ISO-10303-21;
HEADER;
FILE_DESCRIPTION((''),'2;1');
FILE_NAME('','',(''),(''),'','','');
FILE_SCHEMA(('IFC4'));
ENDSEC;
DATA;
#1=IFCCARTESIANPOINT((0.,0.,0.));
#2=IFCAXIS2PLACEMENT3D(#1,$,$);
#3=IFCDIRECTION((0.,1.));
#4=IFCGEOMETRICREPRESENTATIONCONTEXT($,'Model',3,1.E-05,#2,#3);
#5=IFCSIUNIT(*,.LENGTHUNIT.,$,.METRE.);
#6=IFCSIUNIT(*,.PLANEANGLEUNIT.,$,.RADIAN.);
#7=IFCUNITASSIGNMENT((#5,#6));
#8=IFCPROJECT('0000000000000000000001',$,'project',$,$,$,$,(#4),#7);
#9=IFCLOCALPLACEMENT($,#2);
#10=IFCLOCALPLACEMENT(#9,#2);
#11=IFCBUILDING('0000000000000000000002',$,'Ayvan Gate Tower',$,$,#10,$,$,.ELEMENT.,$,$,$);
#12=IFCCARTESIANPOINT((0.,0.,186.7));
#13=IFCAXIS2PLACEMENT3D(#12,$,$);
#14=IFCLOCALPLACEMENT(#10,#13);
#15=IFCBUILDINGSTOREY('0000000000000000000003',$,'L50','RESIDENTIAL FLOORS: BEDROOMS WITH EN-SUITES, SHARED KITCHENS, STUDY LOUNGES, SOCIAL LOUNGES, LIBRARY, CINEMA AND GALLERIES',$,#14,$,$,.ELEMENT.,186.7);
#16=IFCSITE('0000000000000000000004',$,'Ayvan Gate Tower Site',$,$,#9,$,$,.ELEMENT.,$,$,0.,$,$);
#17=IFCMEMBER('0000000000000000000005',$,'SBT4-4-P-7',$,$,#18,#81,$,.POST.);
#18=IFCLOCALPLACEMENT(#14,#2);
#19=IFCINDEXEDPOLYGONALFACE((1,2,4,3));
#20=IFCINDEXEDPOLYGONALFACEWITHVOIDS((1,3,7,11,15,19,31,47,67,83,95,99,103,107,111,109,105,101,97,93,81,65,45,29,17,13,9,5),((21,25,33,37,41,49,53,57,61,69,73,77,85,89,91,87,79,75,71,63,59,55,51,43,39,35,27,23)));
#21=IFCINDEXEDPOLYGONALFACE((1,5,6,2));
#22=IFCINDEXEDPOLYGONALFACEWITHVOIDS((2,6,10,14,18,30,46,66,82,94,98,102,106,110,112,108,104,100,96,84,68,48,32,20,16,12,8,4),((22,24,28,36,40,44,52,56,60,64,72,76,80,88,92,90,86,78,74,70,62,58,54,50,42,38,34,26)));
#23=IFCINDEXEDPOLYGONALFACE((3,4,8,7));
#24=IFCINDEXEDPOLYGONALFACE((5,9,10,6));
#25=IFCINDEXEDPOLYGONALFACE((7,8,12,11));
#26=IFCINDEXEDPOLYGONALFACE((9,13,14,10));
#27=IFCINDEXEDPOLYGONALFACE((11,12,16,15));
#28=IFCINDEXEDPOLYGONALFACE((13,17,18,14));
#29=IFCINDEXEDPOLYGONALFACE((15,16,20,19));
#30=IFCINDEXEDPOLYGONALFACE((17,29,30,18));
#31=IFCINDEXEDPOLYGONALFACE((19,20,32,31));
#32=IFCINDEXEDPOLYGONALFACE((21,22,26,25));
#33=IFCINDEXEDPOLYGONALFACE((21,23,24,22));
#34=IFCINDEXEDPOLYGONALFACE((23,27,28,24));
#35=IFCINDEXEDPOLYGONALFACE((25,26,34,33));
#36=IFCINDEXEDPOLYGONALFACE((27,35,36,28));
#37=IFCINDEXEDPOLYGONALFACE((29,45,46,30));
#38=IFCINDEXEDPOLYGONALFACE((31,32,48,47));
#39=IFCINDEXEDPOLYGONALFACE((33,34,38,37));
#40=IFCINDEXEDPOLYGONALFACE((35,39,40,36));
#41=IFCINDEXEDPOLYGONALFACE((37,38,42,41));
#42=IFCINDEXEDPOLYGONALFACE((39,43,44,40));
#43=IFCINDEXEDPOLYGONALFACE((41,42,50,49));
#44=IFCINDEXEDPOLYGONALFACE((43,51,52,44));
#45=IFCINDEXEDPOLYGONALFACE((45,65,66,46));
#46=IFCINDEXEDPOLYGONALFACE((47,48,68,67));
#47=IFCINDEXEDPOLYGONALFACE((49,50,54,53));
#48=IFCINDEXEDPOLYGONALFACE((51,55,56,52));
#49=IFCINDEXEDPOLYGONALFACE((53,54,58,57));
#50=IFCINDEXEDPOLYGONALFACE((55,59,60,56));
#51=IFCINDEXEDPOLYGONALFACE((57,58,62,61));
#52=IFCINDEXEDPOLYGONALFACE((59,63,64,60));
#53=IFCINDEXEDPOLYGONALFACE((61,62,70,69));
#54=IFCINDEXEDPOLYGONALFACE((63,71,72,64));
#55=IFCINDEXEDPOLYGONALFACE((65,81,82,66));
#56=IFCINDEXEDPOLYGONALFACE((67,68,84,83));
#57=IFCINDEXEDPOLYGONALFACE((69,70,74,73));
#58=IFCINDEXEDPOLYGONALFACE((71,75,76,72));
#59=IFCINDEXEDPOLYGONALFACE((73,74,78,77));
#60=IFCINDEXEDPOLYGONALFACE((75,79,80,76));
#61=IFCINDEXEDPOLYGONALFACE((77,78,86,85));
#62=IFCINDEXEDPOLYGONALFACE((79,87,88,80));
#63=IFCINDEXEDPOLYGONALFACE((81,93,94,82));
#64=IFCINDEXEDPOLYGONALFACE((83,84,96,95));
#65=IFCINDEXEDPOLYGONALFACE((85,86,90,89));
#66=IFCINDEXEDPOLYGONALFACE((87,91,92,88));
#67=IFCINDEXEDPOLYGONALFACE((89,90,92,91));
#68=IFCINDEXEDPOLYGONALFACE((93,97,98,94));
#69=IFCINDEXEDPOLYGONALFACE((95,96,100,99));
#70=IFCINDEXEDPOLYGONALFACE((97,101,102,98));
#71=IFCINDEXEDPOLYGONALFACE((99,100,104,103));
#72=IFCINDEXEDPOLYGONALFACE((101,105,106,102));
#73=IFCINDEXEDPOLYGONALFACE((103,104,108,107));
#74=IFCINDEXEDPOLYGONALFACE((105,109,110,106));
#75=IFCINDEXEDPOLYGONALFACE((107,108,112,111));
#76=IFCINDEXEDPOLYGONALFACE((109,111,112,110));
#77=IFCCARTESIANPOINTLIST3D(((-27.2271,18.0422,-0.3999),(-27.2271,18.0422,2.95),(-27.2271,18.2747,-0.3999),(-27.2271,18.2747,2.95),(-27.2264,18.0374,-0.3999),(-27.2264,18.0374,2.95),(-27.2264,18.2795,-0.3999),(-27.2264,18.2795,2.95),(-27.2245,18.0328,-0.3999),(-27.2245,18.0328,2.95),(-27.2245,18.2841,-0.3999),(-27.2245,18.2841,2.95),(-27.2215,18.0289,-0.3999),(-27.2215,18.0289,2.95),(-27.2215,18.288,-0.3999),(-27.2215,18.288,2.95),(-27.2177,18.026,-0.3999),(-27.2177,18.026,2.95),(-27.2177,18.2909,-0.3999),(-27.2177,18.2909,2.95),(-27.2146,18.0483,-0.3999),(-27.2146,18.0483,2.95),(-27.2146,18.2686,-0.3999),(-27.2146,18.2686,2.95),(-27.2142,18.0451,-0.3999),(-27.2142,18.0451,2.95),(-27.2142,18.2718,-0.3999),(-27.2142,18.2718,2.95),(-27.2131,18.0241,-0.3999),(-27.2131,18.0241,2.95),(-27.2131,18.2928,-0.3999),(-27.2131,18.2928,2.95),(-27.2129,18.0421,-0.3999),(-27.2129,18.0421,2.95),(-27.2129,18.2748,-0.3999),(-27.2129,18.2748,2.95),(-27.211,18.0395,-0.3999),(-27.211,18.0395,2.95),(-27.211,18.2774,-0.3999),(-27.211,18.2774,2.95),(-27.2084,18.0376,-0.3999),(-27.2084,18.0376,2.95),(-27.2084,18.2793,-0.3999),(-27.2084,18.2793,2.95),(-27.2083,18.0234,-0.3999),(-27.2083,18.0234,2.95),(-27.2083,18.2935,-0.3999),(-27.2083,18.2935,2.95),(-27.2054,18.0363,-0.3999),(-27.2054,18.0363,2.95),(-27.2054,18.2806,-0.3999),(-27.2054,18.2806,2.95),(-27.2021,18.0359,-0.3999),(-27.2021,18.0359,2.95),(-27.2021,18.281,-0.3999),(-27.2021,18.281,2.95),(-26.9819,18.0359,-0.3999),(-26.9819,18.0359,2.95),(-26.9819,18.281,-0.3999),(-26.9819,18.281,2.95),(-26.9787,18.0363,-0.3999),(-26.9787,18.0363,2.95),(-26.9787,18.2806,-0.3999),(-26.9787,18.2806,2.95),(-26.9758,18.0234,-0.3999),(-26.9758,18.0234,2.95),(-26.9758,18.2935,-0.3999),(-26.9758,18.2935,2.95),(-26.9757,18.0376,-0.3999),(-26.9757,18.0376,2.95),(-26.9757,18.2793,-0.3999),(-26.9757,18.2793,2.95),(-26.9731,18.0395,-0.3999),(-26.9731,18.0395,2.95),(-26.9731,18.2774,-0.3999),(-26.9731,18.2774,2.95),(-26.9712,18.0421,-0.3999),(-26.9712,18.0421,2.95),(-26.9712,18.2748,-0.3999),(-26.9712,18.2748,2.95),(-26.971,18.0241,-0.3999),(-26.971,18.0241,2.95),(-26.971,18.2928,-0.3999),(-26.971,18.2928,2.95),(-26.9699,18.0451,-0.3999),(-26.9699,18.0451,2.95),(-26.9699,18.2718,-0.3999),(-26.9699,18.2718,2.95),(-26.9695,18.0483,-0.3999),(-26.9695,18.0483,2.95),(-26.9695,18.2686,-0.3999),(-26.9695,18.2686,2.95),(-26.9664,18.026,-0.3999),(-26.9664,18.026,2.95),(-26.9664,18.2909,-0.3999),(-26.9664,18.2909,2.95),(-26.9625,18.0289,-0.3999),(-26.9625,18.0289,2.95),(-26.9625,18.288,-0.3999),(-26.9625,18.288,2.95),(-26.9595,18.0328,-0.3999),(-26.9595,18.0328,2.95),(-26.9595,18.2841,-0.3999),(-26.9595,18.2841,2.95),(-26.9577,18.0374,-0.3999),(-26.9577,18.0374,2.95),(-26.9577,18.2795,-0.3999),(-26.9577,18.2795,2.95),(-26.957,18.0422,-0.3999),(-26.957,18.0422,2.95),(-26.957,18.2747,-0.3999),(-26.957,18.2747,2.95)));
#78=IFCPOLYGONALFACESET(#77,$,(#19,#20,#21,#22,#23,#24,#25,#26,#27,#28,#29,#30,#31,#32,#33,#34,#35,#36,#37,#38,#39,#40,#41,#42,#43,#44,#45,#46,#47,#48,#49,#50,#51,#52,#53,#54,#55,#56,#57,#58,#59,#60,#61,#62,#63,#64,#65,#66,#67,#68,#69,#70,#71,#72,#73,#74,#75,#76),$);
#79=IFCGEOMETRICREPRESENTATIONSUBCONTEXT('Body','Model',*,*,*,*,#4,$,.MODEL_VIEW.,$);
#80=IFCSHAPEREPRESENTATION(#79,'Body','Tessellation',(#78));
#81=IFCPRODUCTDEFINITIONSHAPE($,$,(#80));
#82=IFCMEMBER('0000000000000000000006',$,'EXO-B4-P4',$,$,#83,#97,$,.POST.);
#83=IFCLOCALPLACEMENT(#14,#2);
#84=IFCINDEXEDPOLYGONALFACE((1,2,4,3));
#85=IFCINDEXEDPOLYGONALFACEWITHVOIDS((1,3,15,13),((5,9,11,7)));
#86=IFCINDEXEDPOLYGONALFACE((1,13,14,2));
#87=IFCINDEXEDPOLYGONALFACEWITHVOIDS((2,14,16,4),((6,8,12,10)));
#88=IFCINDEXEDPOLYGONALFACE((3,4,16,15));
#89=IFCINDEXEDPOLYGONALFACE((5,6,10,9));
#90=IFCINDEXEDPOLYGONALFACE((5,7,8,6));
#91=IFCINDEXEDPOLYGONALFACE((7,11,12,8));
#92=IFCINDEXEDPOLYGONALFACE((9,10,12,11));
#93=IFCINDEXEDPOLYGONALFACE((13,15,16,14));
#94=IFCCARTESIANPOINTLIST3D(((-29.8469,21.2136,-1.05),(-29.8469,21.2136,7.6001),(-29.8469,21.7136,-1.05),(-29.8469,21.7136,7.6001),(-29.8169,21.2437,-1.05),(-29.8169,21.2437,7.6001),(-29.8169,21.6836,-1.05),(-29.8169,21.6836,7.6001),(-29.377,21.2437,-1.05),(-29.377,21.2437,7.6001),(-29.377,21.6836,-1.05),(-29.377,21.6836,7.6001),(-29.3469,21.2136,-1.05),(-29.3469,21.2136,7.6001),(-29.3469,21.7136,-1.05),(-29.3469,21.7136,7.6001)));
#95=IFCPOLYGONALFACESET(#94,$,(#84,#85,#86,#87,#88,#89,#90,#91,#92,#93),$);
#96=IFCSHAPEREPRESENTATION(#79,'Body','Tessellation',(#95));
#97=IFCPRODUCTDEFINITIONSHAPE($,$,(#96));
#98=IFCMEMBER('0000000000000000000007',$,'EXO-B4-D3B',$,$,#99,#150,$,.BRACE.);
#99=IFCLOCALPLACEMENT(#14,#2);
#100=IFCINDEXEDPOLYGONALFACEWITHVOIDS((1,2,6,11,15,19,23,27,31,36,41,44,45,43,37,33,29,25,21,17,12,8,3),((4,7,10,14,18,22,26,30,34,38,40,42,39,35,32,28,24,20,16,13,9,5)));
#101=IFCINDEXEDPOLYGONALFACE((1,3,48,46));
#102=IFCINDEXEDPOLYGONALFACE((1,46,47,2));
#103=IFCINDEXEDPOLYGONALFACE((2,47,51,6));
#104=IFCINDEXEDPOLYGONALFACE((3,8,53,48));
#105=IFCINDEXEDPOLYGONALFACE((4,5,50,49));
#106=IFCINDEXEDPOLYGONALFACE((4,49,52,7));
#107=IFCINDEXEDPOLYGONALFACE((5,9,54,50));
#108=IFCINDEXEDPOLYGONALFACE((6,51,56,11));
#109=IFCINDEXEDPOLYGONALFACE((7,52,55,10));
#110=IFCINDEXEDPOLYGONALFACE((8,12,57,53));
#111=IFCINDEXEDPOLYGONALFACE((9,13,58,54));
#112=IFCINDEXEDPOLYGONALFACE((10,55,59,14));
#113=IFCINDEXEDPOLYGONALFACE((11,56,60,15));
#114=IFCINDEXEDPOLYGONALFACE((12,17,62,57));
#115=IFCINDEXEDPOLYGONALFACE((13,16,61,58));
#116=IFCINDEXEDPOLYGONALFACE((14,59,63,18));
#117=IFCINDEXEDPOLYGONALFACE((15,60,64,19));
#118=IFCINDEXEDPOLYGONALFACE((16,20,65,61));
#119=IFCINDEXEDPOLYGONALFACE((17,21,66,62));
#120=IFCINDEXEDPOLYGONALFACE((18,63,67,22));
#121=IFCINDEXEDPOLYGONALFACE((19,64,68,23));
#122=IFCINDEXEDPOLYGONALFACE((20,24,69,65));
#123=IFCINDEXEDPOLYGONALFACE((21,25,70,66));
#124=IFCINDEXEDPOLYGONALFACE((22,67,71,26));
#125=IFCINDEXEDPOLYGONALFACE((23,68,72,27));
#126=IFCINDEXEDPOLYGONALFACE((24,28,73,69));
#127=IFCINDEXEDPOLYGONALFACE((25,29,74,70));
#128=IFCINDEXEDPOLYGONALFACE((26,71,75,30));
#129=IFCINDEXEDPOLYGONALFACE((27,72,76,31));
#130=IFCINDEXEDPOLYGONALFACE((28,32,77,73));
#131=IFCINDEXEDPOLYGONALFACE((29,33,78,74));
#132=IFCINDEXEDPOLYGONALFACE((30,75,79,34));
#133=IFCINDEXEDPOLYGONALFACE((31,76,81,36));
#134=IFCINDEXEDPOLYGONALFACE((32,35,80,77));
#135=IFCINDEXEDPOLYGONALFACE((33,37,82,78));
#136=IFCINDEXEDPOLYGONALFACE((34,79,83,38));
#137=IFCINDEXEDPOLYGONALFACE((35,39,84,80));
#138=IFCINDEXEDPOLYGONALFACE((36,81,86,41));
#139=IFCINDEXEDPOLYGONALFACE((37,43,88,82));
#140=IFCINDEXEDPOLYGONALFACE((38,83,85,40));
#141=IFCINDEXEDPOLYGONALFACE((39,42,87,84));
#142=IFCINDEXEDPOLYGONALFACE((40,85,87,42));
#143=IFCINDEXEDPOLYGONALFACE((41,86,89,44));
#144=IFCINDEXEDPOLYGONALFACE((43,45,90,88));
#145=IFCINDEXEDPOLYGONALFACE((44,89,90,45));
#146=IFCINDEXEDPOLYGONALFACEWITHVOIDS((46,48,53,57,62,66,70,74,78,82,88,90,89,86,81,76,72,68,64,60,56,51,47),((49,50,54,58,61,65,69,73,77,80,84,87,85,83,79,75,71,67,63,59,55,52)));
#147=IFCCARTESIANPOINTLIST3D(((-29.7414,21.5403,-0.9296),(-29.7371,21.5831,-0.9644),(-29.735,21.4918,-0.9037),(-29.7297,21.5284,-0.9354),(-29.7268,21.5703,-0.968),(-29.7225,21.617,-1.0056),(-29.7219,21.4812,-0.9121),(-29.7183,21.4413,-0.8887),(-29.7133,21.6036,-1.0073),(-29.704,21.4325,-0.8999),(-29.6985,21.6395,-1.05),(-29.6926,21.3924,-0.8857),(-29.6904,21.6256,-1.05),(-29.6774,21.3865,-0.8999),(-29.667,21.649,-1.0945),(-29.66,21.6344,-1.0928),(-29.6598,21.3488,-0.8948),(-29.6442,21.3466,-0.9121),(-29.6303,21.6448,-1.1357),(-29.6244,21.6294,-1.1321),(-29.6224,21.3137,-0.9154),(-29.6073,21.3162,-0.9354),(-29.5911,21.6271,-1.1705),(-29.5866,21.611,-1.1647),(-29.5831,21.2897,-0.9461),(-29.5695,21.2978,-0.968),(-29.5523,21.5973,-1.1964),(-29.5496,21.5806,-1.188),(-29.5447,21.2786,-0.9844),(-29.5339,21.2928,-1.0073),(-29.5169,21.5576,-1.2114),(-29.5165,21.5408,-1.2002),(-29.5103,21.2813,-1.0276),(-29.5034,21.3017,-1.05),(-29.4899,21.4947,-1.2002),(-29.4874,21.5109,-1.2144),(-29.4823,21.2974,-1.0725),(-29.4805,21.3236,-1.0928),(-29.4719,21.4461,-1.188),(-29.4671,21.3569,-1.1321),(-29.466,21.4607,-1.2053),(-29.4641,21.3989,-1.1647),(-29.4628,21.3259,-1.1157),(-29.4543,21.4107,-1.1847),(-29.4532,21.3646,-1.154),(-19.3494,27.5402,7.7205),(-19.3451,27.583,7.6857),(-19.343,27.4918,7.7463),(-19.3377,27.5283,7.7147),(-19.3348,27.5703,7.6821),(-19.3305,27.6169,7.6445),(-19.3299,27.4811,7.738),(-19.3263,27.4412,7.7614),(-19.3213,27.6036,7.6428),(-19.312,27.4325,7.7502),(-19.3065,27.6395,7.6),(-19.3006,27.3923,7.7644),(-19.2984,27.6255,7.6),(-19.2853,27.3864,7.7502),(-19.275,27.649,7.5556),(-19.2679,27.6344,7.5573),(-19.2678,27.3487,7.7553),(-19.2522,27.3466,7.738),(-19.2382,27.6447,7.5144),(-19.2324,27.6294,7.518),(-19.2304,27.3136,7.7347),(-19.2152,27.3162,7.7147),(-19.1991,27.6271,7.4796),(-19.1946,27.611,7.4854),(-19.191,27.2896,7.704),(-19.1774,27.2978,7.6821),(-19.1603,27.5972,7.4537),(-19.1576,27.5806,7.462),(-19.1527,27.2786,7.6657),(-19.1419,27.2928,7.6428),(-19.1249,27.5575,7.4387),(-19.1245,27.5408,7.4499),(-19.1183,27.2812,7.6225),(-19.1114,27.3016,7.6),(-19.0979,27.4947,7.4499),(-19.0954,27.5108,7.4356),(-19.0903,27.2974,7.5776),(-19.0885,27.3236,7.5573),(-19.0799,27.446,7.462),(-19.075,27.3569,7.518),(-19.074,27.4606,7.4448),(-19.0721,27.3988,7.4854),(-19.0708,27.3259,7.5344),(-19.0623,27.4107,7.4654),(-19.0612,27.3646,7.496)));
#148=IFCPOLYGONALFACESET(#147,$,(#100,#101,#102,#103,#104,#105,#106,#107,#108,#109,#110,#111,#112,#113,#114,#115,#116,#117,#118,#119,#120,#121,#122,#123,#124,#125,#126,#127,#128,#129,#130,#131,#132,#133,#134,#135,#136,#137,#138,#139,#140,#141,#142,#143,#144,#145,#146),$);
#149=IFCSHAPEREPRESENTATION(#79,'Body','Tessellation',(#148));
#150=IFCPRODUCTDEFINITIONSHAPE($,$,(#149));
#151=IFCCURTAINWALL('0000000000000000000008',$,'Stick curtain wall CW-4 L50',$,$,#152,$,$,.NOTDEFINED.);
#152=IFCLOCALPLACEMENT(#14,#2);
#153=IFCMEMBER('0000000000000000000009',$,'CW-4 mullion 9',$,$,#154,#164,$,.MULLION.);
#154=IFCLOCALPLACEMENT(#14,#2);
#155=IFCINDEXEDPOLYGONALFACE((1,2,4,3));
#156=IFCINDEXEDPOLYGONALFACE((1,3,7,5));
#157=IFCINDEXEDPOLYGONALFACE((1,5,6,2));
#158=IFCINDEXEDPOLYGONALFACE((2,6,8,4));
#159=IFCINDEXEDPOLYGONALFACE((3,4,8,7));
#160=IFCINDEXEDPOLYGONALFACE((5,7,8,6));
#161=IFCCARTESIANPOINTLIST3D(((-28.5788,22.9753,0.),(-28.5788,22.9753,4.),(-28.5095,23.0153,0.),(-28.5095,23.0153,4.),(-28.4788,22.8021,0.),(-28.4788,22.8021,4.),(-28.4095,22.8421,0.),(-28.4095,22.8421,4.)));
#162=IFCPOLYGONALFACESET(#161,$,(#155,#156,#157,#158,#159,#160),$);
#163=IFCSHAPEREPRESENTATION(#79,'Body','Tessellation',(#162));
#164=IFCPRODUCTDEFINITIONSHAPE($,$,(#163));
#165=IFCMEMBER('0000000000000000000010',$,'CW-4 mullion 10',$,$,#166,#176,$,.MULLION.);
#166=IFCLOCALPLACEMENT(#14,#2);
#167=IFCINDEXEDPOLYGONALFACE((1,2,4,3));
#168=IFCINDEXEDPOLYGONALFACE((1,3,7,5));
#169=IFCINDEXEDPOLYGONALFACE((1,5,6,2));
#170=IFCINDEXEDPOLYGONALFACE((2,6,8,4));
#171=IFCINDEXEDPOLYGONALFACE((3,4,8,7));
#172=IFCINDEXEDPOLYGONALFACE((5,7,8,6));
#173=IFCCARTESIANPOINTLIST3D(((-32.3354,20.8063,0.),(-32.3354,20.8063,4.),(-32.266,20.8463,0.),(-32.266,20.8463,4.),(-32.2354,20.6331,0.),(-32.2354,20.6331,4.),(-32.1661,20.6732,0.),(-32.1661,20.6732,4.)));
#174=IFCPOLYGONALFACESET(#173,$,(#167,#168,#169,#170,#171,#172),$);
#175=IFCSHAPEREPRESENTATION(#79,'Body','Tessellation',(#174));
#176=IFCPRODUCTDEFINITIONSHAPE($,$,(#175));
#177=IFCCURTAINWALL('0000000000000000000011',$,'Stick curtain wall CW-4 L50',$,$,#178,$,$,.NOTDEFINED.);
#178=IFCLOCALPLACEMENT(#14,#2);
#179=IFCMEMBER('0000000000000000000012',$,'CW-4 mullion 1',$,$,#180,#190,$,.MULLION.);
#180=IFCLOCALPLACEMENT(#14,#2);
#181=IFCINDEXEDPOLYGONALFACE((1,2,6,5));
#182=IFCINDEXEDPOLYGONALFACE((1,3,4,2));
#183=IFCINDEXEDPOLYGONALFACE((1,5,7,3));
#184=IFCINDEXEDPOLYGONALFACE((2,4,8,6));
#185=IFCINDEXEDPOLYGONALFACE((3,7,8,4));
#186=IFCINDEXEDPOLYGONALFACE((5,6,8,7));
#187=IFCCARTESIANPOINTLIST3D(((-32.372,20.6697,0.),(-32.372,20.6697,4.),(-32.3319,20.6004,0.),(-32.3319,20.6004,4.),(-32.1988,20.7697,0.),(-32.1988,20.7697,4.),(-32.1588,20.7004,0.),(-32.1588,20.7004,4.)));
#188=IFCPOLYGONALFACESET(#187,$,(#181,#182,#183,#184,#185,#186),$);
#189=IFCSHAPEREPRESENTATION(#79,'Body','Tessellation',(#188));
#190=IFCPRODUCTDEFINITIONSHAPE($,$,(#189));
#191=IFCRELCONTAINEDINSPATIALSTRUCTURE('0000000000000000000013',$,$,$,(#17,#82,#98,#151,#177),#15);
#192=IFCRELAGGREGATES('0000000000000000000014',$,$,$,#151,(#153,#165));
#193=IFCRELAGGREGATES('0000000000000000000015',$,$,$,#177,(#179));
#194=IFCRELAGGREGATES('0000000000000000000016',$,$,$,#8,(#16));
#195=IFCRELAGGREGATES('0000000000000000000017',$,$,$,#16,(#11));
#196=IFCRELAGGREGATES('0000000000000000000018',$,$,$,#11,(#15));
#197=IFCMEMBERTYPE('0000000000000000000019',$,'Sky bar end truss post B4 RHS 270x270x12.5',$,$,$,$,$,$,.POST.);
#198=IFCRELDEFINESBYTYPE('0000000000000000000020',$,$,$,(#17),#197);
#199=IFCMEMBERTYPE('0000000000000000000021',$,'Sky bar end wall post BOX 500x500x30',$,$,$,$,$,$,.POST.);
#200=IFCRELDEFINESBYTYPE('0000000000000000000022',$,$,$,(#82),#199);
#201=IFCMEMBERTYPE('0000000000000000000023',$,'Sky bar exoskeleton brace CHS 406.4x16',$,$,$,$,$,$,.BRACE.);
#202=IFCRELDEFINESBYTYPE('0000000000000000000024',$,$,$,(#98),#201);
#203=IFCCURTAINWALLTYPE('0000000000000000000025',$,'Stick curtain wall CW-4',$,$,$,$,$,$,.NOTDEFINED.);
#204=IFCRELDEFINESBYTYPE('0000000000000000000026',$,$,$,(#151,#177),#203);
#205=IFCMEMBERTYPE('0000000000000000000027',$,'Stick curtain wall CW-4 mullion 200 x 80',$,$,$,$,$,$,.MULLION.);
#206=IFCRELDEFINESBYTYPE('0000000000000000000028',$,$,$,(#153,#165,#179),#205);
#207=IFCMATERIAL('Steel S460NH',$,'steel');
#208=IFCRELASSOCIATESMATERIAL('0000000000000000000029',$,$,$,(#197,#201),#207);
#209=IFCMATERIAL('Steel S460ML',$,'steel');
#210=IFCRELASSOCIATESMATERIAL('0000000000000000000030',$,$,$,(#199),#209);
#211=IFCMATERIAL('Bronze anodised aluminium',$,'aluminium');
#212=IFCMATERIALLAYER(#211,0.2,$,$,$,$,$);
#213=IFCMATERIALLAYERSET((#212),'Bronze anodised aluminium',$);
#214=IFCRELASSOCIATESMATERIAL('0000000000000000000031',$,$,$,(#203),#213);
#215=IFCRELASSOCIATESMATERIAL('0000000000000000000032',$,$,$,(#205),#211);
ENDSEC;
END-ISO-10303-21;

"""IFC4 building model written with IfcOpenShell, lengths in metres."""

from ifc_helpers import new_model, si_unit, direction, frame, origin, origin_2d, place, context, subcontext, project, spatial, rectangle, hollow_rectangle, hollow_circle, extrude, material, layer, layer_set, material_profile, profile_set, type_object, element, aggregate, save


model = new_model("IFC4")

# Units and contexts
model_context = context("Model", 3, precision=1e-05, world=origin(), true_north=direction((0.0, 1.0)))
body_context = subcontext(model_context, "Body", "Model", "MODEL_VIEW")
ifc_project = project(units=[si_unit("LENGTHUNIT", "METRE"), si_unit("PLANEANGLEUNIT", "RADIAN")], contexts=[model_context])

# Site, building, storey
site_placement = place(None, origin())
site = spatial("IfcSite", under=ifc_project, at=site_placement, Name="Ayvan Gate Tower Site", CompositionType="ELEMENT", RefElevation=0.0)
building_placement = place(site_placement, origin())
building = spatial("IfcBuilding", under=site, at=building_placement, Name="Ayvan Gate Tower", CompositionType="ELEMENT")
storey_placement = place(building_placement, frame((0.0, 0.0, 186.7)))
storey = spatial("IfcBuildingStorey", under=building, at=storey_placement, Name="L50", Description="RESIDENTIAL FLOORS: BEDROOMS WITH EN-SUITES, SHARED KITCHENS, STUDY LOUNGES, SOCIAL LOUNGES, LIBRARY, CINEMA AND GALLERIES", CompositionType="ELEMENT", Elevation=186.7)

# Shared definitions
ifc_material_1 = material(Name="Steel S460NH", Category="steel")

# Members
ifc_material_profile_1 = material_profile(ifc_material_1, hollow_rectangle(XDim=0.27, YDim=0.27, WallThickness=0.0125, InnerFilletRadius=0.0125, OuterFilletRadius=0.0188, at=origin_2d()), Name="RHS 270x270x12.5")
ifc_profile_set_1 = profile_set([ifc_material_profile_1], Name="Steel S460NH")
member_type_1 = type_object("IfcMemberType", Name="Sky bar end truss post B4 RHS 270x270x12.5", PredefinedType="POST", material=ifc_profile_set_1)
member_1_placement = place(storey_placement, frame((-27.092, 18.1584, -0.3999), z_axis=(0.0, 0.0, 1.0), x_axis=(1.0, 0.0, 0.0)))
element("IfcMember", 1, at=member_1_placement, inside=storey, type_object=member_type_1, Name="SBT4-4-P-7", PredefinedType="POST", context=body_context, shape_type="SweptSolid", body=[
    extrude(hollow_rectangle(XDim=0.27, YDim=0.27, WallThickness=0.0125, InnerFilletRadius=0.0125, OuterFilletRadius=0.0188, at=origin_2d()), origin(), (0.0, 0.0, 1.0), 3.3499),
])
ifc_material_2 = material(Name="Steel S460ML", Category="steel")
ifc_material_profile_2 = material_profile(ifc_material_2, hollow_rectangle(XDim=0.5, YDim=0.5, WallThickness=0.03, at=origin_2d()), Name="BOX 500x500x30")
ifc_profile_set_2 = profile_set([ifc_material_profile_2], Name="Steel S460ML")
member_type_2 = type_object("IfcMemberType", Name="Sky bar end wall post BOX 500x500x30", PredefinedType="POST", material=ifc_profile_set_2)
member_2_placement = place(storey_placement, frame((-29.5969, 21.4636, -1.05), z_axis=(0.0, 0.0, 1.0), x_axis=(1.0, 0.0, 0.0)))
element("IfcMember", 2, at=member_2_placement, inside=storey, type_object=member_type_2, Name="EXO-B4-P4", PredefinedType="POST", context=body_context, shape_type="SweptSolid", body=[
    extrude(hollow_rectangle(XDim=0.5, YDim=0.5, WallThickness=0.03, at=origin_2d()), origin(), (0.0, 0.0, 1.0), 8.6501),
])
ifc_material_profile_3 = material_profile(ifc_material_1, hollow_circle(Radius=0.2031, WallThickness=0.0161, at=origin_2d()), Name="CHS 406.4x16")
ifc_profile_set_3 = profile_set([ifc_material_profile_3], Name="Steel S460NH")
member_type_3 = type_object("IfcMemberType", Name="Sky bar exoskeleton brace CHS 406.4x16", PredefinedType="BRACE", material=ifc_profile_set_3)
member_3_placement = place(storey_placement, frame((-29.5969, 21.4636, -1.05), z_axis=(0.70252, 0.405609, 0.584762), x_axis=(-0.500008, 0.866021, 0.0)))
element("IfcMember", 3, at=member_3_placement, inside=storey, type_object=member_type_3, Name="EXO-B4-D3B", PredefinedType="BRACE", context=body_context, shape_type="SweptSolid", body=[
    extrude(hollow_circle(Radius=0.2031, WallThickness=0.0161, at=origin_2d()), origin(), (0.0, 0.0, 1.0), 14.7925),
])

# Curtain walls, members
ifc_material_3 = material(Name="Bronze anodised aluminium", Category="aluminium")
ifc_layer_1 = layer(ifc_material_3, 0.2)
ifc_layer_set_1 = layer_set([ifc_layer_1], Name="Bronze anodised aluminium")
curtain_wall_type = type_object("IfcCurtainWallType", Name="Stick curtain wall CW-4", PredefinedType="NOTDEFINED", material=ifc_layer_set_1)
curtain_wall_1_placement = place(storey_placement, origin())
curtain_wall_1 = element("IfcCurtainWall", 4, at=curtain_wall_1_placement, inside=storey, type_object=curtain_wall_type, Name="Stick curtain wall CW-4 L50", PredefinedType="NOTDEFINED")
ifc_material_profile_4 = material_profile(ifc_material_3, rectangle(XDim=0.2, YDim=0.0801, at=origin_2d()), Name="Stick curtain wall CW-4 mullion 200 x 80")
ifc_profile_set_4 = profile_set([ifc_material_profile_4], Name="Bronze anodised aluminium")
member_type_4 = type_object("IfcMemberType", Name="Stick curtain wall CW-4 mullion 200 x 80", PredefinedType="MULLION", material=ifc_profile_set_4)
member_4_placement = place(storey_placement, frame((-28.4941, 22.9087, 0.0), z_axis=(0.0, 0.0, 1.0), x_axis=(-0.5, 0.866025, 0.0)))
member_4 = element("IfcMember", 5, at=member_4_placement, type_object=member_type_4, Name="CW-4 mullion 9", PredefinedType="MULLION", context=body_context, shape_type="SweptSolid", body=[
    extrude(rectangle(XDim=0.2, YDim=0.0801, at=origin_2d()), origin(), (0.0, 0.0, 1.0), 4.0),
])
member_5_placement = place(storey_placement, frame((-32.2507, 20.7397, 0.0), z_axis=(0.0, 0.0, 1.0), x_axis=(-0.5, 0.866025, 0.0)))
member_5 = element("IfcMember", 6, at=member_5_placement, type_object=member_type_4, Name="CW-4 mullion 10", PredefinedType="MULLION", context=body_context, shape_type="SweptSolid", body=[
    extrude(rectangle(XDim=0.2, YDim=0.0801, at=origin_2d()), origin(), (0.0, 0.0, 1.0), 4.0),
])
curtain_wall_2_placement = place(storey_placement, origin())
curtain_wall_2 = element("IfcCurtainWall", 7, at=curtain_wall_2_placement, inside=storey, type_object=curtain_wall_type, Name="Stick curtain wall CW-4 L50", PredefinedType="NOTDEFINED")
member_6_placement = place(storey_placement, frame((-32.2654, 20.6851, 0.0), z_axis=(0.0, 0.0, 1.0), x_axis=(-0.866025, -0.5, 0.0)))
member_6 = element("IfcMember", 8, at=member_6_placement, type_object=member_type_4, Name="CW-4 mullion 1", PredefinedType="MULLION", context=body_context, shape_type="SweptSolid", body=[
    extrude(rectangle(XDim=0.2, YDim=0.0801, at=origin_2d()), origin(), (0.0, 0.0, 1.0), 4.0),
])

aggregate(curtain_wall_1, [member_4, member_5])
aggregate(curtain_wall_2, [member_6])

save(model, "model.ifc")
